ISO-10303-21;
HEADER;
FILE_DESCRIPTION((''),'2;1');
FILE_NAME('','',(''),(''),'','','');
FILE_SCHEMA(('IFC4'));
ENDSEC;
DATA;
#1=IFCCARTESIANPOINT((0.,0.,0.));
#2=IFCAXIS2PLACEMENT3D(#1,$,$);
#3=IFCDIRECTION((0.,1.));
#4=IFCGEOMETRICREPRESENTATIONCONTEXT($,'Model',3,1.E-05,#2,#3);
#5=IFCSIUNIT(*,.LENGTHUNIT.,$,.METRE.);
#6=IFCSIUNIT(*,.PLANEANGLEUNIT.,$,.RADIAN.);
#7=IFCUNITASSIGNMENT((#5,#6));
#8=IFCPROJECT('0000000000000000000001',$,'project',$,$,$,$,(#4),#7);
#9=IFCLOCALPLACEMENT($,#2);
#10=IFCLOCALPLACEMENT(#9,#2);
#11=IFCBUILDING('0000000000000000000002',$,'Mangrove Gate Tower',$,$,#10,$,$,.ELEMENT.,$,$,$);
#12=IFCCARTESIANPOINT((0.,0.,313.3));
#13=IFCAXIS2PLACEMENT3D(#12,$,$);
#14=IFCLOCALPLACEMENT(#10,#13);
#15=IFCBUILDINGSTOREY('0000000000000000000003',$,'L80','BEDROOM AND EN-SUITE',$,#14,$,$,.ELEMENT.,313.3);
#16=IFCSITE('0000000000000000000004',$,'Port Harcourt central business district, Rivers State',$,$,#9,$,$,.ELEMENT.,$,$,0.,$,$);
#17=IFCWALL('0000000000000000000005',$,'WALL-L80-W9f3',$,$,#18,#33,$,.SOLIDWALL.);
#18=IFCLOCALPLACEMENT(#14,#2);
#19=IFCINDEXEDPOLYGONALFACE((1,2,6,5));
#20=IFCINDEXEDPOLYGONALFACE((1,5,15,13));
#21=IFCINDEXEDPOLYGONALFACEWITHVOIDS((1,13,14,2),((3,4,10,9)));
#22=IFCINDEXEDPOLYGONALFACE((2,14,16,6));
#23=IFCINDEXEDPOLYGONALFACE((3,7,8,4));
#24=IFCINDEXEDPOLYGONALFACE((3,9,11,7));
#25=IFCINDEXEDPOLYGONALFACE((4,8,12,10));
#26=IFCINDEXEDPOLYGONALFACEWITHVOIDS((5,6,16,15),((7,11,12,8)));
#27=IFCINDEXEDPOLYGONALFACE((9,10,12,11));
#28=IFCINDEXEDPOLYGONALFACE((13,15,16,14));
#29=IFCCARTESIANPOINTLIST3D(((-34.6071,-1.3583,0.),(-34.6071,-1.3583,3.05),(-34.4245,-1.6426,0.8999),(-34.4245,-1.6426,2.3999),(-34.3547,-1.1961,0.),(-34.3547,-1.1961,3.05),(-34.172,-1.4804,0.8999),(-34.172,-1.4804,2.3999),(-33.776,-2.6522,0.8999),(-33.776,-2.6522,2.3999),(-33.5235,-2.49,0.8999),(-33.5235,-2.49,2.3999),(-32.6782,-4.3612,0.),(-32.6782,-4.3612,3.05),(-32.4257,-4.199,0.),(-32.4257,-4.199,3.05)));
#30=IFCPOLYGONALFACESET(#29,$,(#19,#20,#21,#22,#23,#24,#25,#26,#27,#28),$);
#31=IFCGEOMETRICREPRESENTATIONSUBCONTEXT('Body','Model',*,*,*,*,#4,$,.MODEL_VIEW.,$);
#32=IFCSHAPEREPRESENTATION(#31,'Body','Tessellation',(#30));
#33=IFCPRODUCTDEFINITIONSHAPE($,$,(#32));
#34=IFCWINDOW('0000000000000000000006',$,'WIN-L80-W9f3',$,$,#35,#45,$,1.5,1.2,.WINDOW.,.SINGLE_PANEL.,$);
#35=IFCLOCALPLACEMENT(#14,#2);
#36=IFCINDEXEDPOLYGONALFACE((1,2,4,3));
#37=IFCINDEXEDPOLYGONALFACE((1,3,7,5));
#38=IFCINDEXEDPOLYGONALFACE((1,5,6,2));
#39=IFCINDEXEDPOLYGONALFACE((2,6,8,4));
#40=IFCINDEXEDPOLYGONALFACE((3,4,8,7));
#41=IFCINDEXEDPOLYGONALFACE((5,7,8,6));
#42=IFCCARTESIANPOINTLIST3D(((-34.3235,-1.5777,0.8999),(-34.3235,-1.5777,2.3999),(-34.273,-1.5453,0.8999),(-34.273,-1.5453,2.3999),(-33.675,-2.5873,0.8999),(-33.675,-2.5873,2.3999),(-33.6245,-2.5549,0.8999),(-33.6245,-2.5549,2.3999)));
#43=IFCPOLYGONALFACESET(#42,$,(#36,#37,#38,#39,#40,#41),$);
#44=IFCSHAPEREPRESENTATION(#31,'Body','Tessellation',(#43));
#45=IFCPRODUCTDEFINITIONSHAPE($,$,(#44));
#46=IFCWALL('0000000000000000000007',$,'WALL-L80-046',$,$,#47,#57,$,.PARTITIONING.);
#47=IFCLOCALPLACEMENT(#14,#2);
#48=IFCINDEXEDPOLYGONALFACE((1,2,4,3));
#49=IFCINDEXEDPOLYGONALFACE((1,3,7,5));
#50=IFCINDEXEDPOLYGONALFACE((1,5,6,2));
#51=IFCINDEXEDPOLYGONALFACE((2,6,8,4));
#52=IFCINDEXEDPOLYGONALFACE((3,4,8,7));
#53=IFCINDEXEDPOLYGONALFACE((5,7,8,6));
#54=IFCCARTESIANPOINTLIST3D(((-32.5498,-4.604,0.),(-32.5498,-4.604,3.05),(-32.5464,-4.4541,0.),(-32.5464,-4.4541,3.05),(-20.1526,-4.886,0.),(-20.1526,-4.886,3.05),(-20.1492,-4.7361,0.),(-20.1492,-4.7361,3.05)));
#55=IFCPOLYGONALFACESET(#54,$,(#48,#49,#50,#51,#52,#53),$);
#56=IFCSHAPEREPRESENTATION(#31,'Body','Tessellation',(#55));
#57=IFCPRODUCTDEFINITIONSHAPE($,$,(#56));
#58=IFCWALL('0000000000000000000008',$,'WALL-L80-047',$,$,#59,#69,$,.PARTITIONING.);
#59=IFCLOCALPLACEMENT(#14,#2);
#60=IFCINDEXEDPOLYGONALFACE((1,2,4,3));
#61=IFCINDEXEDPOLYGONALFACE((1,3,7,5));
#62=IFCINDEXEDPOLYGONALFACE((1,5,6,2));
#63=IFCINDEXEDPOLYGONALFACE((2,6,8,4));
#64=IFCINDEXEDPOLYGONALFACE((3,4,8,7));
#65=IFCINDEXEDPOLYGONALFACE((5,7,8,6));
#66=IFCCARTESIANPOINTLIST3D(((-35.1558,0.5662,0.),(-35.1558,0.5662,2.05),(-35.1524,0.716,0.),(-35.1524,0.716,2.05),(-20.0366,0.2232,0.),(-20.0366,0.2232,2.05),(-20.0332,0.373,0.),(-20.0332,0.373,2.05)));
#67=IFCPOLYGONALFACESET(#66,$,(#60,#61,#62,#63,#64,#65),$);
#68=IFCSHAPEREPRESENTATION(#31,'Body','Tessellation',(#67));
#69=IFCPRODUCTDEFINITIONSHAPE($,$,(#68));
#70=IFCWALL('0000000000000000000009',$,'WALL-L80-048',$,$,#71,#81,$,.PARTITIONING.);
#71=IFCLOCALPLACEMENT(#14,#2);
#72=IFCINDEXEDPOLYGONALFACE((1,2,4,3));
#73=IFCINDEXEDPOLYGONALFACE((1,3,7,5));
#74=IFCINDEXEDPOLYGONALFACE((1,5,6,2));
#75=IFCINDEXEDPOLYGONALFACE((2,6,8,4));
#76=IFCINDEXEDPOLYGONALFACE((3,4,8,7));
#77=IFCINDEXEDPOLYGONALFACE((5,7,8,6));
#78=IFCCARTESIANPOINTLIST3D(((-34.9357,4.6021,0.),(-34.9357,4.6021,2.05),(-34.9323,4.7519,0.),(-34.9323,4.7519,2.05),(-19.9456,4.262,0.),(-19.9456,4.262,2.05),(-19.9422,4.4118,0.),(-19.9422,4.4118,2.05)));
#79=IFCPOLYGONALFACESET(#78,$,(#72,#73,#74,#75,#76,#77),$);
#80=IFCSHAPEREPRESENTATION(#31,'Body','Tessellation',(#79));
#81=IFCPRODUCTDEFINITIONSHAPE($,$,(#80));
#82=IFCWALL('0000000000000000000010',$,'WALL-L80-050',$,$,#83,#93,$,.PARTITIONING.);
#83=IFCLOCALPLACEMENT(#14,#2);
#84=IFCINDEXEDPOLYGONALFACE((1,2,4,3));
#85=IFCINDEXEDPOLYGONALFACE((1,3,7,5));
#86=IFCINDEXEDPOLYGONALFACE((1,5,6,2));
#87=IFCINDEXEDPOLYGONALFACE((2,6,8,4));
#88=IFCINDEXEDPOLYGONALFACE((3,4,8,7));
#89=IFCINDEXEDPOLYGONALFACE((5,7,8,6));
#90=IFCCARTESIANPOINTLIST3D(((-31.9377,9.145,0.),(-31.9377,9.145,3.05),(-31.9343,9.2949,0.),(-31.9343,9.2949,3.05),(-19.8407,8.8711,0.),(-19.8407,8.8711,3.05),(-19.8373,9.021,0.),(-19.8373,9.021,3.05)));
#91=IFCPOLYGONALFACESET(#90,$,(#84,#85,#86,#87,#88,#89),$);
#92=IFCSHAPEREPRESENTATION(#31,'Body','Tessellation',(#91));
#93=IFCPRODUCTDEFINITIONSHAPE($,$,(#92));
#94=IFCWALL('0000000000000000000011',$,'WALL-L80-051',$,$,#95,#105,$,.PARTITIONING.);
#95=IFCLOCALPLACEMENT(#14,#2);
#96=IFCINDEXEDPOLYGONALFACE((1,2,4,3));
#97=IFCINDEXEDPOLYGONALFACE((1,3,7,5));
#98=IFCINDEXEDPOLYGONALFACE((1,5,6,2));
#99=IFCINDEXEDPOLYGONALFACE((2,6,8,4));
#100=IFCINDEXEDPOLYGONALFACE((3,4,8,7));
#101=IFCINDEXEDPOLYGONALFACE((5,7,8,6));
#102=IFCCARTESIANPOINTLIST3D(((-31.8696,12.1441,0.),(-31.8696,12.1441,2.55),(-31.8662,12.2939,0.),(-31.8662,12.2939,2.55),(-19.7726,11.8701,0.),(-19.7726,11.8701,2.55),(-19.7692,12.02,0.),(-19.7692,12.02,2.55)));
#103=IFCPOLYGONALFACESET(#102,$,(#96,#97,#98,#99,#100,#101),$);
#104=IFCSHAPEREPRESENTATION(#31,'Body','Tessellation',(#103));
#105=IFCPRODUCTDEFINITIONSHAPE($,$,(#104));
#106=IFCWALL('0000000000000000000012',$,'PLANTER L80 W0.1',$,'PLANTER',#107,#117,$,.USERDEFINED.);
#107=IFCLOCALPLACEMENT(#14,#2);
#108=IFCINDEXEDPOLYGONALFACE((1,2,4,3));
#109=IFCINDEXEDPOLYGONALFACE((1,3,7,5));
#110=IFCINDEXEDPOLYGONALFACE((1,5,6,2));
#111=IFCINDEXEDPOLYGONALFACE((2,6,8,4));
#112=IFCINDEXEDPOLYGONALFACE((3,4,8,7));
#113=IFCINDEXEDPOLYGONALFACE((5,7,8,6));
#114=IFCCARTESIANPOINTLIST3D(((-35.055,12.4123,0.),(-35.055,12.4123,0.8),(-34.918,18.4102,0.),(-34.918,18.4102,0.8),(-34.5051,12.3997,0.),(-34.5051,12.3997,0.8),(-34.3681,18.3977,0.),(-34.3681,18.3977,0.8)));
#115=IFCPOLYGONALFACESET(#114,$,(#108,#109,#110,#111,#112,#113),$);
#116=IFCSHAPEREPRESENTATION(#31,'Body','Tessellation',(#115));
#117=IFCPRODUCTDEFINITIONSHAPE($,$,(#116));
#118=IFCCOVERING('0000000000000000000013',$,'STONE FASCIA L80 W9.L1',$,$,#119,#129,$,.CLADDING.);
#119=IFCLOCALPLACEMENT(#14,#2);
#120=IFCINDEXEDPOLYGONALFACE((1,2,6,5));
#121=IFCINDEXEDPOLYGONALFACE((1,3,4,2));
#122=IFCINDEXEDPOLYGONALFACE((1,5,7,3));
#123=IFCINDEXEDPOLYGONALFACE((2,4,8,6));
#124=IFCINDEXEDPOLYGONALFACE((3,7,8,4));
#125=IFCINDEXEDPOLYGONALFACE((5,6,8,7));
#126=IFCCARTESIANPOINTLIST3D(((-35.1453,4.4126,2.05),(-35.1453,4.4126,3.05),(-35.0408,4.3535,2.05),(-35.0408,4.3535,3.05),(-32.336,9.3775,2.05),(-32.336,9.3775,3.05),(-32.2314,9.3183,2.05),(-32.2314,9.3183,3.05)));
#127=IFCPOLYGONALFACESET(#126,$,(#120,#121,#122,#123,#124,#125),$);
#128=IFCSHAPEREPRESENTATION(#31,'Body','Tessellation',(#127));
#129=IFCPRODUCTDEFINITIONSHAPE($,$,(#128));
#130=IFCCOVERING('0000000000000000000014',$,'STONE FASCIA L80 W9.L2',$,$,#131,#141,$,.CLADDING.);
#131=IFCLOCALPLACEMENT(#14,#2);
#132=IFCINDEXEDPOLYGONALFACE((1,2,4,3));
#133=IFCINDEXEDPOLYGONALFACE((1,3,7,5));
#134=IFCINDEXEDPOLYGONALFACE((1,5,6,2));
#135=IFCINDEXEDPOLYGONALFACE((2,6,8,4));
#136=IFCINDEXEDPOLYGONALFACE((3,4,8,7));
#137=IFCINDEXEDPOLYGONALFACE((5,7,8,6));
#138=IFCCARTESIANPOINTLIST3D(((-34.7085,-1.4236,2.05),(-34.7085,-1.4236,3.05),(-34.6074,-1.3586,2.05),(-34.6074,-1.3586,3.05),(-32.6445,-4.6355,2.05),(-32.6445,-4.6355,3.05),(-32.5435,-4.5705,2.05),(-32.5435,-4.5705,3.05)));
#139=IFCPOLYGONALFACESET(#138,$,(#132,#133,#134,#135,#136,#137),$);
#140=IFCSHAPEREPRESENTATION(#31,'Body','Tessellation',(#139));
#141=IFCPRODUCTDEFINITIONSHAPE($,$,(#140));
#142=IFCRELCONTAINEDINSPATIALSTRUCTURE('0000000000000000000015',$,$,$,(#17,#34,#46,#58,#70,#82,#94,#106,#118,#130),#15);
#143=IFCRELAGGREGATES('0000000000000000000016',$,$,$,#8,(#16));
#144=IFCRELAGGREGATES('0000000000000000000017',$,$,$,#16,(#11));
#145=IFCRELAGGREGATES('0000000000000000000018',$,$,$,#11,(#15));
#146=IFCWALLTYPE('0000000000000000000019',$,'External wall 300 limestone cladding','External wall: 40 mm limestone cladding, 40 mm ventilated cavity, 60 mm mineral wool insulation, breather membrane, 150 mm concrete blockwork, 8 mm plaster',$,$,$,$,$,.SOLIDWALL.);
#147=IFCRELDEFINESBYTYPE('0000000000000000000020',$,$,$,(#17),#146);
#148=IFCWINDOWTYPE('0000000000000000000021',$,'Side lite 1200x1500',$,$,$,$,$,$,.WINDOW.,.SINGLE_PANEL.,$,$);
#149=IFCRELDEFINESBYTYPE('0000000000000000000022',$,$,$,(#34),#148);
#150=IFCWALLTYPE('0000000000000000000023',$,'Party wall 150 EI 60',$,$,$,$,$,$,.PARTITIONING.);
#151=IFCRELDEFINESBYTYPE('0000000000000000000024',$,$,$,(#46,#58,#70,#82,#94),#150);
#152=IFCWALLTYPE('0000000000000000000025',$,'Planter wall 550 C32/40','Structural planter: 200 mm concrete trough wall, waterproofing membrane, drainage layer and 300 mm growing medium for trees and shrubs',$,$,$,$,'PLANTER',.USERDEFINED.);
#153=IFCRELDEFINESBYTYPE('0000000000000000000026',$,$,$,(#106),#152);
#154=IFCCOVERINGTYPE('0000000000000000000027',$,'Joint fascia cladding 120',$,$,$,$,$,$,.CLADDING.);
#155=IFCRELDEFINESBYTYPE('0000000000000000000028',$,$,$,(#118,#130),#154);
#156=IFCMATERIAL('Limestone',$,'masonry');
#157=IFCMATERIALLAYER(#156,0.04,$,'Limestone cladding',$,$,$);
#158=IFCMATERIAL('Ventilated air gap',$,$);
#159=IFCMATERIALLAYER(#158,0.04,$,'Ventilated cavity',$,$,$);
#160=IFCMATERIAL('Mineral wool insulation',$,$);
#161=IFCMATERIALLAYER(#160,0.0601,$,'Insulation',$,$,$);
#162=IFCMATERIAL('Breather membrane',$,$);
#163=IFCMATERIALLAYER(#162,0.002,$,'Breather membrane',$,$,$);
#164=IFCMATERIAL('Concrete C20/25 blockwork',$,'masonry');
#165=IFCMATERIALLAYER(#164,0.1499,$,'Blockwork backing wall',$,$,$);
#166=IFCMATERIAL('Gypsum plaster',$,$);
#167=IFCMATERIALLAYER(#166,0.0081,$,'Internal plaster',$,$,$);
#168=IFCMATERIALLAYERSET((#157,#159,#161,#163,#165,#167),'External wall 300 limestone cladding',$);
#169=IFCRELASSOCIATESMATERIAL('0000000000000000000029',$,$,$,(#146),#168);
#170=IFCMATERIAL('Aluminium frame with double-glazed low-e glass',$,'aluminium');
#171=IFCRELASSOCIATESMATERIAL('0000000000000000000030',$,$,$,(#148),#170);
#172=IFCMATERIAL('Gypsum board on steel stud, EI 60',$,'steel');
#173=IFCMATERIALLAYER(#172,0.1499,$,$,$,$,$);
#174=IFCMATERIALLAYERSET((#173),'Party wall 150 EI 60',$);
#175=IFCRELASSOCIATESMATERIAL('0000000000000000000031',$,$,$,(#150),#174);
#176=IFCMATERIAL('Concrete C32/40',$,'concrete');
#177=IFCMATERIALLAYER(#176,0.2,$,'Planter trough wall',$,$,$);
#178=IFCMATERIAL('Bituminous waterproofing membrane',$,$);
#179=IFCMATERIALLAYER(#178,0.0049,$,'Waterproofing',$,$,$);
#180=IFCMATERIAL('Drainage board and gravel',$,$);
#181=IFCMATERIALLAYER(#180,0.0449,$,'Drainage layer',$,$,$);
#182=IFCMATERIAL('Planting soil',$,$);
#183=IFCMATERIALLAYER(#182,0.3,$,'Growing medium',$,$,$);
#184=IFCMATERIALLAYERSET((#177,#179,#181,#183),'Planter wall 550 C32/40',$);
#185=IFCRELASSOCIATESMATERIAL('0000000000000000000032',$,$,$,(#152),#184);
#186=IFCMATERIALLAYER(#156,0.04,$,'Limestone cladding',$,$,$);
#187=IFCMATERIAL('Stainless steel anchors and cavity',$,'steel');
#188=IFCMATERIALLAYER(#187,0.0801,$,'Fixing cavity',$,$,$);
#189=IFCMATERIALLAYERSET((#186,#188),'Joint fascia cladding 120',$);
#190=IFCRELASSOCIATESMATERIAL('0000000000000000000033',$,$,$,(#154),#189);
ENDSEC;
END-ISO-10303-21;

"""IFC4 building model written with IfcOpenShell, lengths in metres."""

from ifc_helpers import new_model, si_unit, direction, frame, frame_2d, origin, place, context, subcontext, project, spatial, rectangle, extrude, material, layer, layer_set, type_object, element, fill, save


model = new_model("IFC4")

# Units and contexts
model_context = context("Model", 3, precision=1e-05, world=origin(), true_north=direction((0.0, 1.0)))
body_context = subcontext(model_context, "Body", "Model", "MODEL_VIEW")
ifc_project = project(units=[si_unit("LENGTHUNIT", "METRE"), si_unit("PLANEANGLEUNIT", "RADIAN")], contexts=[model_context])

# Site, building, storey
site_placement = place(None, origin())
site = spatial("IfcSite", under=ifc_project, at=site_placement, Name="Port Harcourt central business district, Rivers State", CompositionType="ELEMENT", RefElevation=0.0)
building_placement = place(site_placement, origin())
building = spatial("IfcBuilding", under=site, at=building_placement, Name="Mangrove Gate Tower", CompositionType="ELEMENT")
storey_placement = place(building_placement, frame((0.0, 0.0, 313.3)))
storey = spatial("IfcBuildingStorey", under=building, at=storey_placement, Name="L80", Description="BEDROOM AND EN-SUITE", CompositionType="ELEMENT", Elevation=313.3)

# Wall, opening, window
ifc_material_1 = material(Name="Limestone", Category="masonry")
ifc_layer_1 = layer(ifc_material_1, 0.04, Name="Limestone cladding")
ifc_material_2 = material(Name="Ventilated air gap")
ifc_layer_2 = layer(ifc_material_2, 0.04, Name="Ventilated cavity")
ifc_material_3 = material(Name="Mineral wool insulation")
ifc_layer_3 = layer(ifc_material_3, 0.0601, Name="Insulation")
ifc_material_4 = material(Name="Breather membrane")
ifc_layer_4 = layer(ifc_material_4, 0.002, Name="Breather membrane")
ifc_material_5 = material(Name="Concrete C20/25 blockwork", Category="masonry")
ifc_layer_5 = layer(ifc_material_5, 0.1499, Name="Blockwork backing wall")
ifc_material_6 = material(Name="Gypsum plaster")
ifc_layer_6 = layer(ifc_material_6, 0.0081, Name="Internal plaster")
ifc_layer_set_1 = layer_set([ifc_layer_1, ifc_layer_2, ifc_layer_3, ifc_layer_4, ifc_layer_5, ifc_layer_6], Name="External wall 300 limestone cladding")
wall_type_1 = type_object("IfcWallType", Name="External wall 300 limestone cladding", Description="External wall: 40 mm limestone cladding, 40 mm ventilated cavity, 60 mm mineral wool insulation, breather membrane, 150 mm concrete blockwork, 8 mm plaster", PredefinedType="SOLIDWALL", material=ifc_layer_set_1)
ifc_material_7 = material(Name="Aluminium frame with double-glazed low-e glass", Category="aluminium")
window_type_1 = type_object("IfcWindowType", Name="Side lite 1200x1500", PartitioningType="SINGLE_PANEL", PredefinedType="WINDOW", material=ifc_material_7)
wall_1_placement = place(storey_placement, frame((-34.481, -1.2771, 0.0), z_axis=(0.0, 0.0, 1.0), x_axis=(0.54046, -0.84137, 0.0)))
wall_1 = element("IfcWall", 1, at=wall_1_placement, inside=storey, type_object=wall_type_1, Name="WALL-L80-W9f3", PredefinedType="SOLIDWALL", context=body_context, shape_type="SweptSolid", body=[
    extrude(rectangle(XDim=3.5691, YDim=0.3, at=frame_2d((1.7847, 0.0))), origin(), (0.0, 0.0, 1.0), 3.05),
])
opening_1_placement = place(wall_1_placement, frame((0.3379, 0.0, 0.8999)))
opening_1 = element("IfcOpeningElement", 2, at=opening_1_placement, cuts=wall_1, PredefinedType="OPENING", context=body_context, shape_type="SweptSolid", body=[
    extrude(rectangle(XDim=1.2, YDim=1.5, at=frame_2d((0.6001, 0.75))), frame((0.0, 0.1599, 0.0), z_axis=(0.0, -1.0, 0.0), x_axis=(1.0, 0.0, 0.0)), (0.0, 0.0, 1.0), 0.3201),
])
window_1_placement = place(opening_1_placement, origin())
window_1 = element("IfcWindow", 3, at=window_1_placement, inside=storey, type_object=window_type_1, Name="WIN-L80-W9f3", OverallHeight=1.5, OverallWidth=1.2, PartitioningType="SINGLE_PANEL", PredefinedType="WINDOW", context=body_context, shape_type="SweptSolid", body=[
    extrude(rectangle(XDim=1.2, YDim=1.5, at=frame_2d((0.6001, 0.75))), frame((0.0, 0.03, 0.0), z_axis=(0.0, -1.0, 0.0), x_axis=(1.0, 0.0, 0.0)), (0.0, 0.0, 1.0), 0.0601),
])
fill(opening_1, window_1)

# Walls
ifc_material_8 = material(Name="Gypsum board on steel stud, EI 60", Category="steel")
ifc_layer_7 = layer(ifc_material_8, 0.1499)
ifc_layer_set_2 = layer_set([ifc_layer_7], Name="Party wall 150 EI 60")
wall_type_2 = type_object("IfcWallType", Name="Party wall 150 EI 60", PredefinedType="PARTITIONING", material=ifc_layer_set_2)
wall_2_placement = place(storey_placement, frame((-32.5481, -4.5291, 0.0), z_axis=(0.0, 0.0, 1.0), x_axis=(0.999741, -0.02274, 0.0)))
element("IfcWall", 4, at=wall_2_placement, inside=storey, type_object=wall_type_2, Name="WALL-L80-046", PredefinedType="PARTITIONING", context=body_context, shape_type="SweptSolid", body=[
    extrude(rectangle(XDim=12.4004, YDim=0.1499, at=frame_2d((6.2002, 0.0))), origin(), (0.0, 0.0, 1.0), 3.05),
])
wall_3_placement = place(storey_placement, frame((-35.1541, 0.6411, 0.0), z_axis=(0.0, 0.0, 1.0), x_axis=(0.999743, -0.022682, 0.0)))
element("IfcWall", 5, at=wall_3_placement, inside=storey, type_object=wall_type_2, Name="WALL-L80-047", PredefinedType="PARTITIONING", context=body_context, shape_type="SweptSolid", body=[
    extrude(rectangle(XDim=15.123, YDim=0.1499, at=frame_2d((7.5615, 0.0))), origin(), (0.0, 0.0, 1.0), 2.05),
])
wall_4_placement = place(storey_placement, frame((-34.9341, 4.677, 0.0), z_axis=(0.0, 0.0, 1.0), x_axis=(0.999743, -0.022682, 0.0)))
element("IfcWall", 6, at=wall_4_placement, inside=storey, type_object=wall_type_2, Name="WALL-L80-048", PredefinedType="PARTITIONING", context=body_context, shape_type="SweptSolid", body=[
    extrude(rectangle(XDim=14.9939, YDim=0.1499, at=frame_2d((7.4971, 0.0))), origin(), (0.0, 0.0, 1.0), 2.05),
])
wall_5_placement = place(storey_placement, frame((-31.936, 9.22, 0.0), z_axis=(0.0, 0.0, 1.0), x_axis=(0.999744, -0.022638, 0.0)))
element("IfcWall", 7, at=wall_5_placement, inside=storey, type_object=wall_type_2, Name="WALL-L80-050", PredefinedType="PARTITIONING", context=body_context, shape_type="SweptSolid", body=[
    extrude(rectangle(XDim=12.1001, YDim=0.1499, at=frame_2d((6.05, 0.0))), origin(), (0.0, 0.0, 1.0), 3.05),
])
wall_6_placement = place(storey_placement, frame((-31.8679, 12.219, 0.0), z_axis=(0.0, 0.0, 1.0), x_axis=(0.999744, -0.022638, 0.0)))
element("IfcWall", 8, at=wall_6_placement, inside=storey, type_object=wall_type_2, Name="WALL-L80-051", PredefinedType="PARTITIONING", context=body_context, shape_type="SweptSolid", body=[
    extrude(rectangle(XDim=12.1001, YDim=0.1499, at=frame_2d((6.05, 0.0))), origin(), (0.0, 0.0, 1.0), 2.55),
])
ifc_material_9 = material(Name="Concrete C32/40", Category="concrete")
ifc_layer_8 = layer(ifc_material_9, 0.2, Name="Planter trough wall")
ifc_material_10 = material(Name="Bituminous waterproofing membrane")
ifc_layer_9 = layer(ifc_material_10, 0.0049, Name="Waterproofing")
ifc_material_11 = material(Name="Drainage board and gravel")
ifc_layer_10 = layer(ifc_material_11, 0.0449, Name="Drainage layer")
ifc_material_12 = material(Name="Planting soil")
ifc_layer_11 = layer(ifc_material_12, 0.3, Name="Growing medium")
ifc_layer_set_3 = layer_set([ifc_layer_8, ifc_layer_9, ifc_layer_10, ifc_layer_11], Name="Planter wall 550 C32/40")
wall_type_3 = type_object("IfcWallType", Name="Planter wall 550 C32/40", Description="Structural planter: 200 mm concrete trough wall, waterproofing membrane, drainage layer and 300 mm growing medium for trees and shrubs", ElementType="PLANTER", PredefinedType="USERDEFINED", material=ifc_layer_set_3)
wall_7_placement = place(storey_placement, frame((-34.78, 12.406, 0.0), z_axis=(0.0, 0.0, 1.0), x_axis=(0.022829, 0.999739, 0.0)))
element("IfcWall", 9, at=wall_7_placement, inside=storey, type_object=wall_type_3, Name="PLANTER L80 W0.1", ObjectType="PLANTER", PredefinedType="USERDEFINED", context=body_context, shape_type="SweptSolid", body=[
    extrude(rectangle(XDim=5.9995, YDim=0.55, at=frame_2d((2.9998, 0.0))), origin(), (0.0, 0.0, 1.0), 0.8),
])

# Coverings
ifc_layer_12 = layer(ifc_material_1, 0.04, Name="Limestone cladding")
ifc_material_13 = material(Name="Stainless steel anchors and cavity", Category="steel")
ifc_layer_13 = layer(ifc_material_13, 0.0801, Name="Fixing cavity")
ifc_layer_set_4 = layer_set([ifc_layer_12, ifc_layer_13], Name="Joint fascia cladding 120")
covering_type = type_object("IfcCoveringType", Name="Joint fascia cladding 120", PredefinedType="CLADDING", material=ifc_layer_set_4)
covering_1_placement = place(storey_placement, frame((-32.2837, 9.3479, 2.05), z_axis=(0.0, 0.0, 1.0), x_axis=(-0.49247, -0.870329, 0.0)))
element("IfcCovering", 10, at=covering_1_placement, inside=storey, type_object=covering_type, Name="STONE FASCIA L80 W9.L1", PredefinedType="CLADDING", context=body_context, shape_type="SweptSolid", body=[
    extrude(rectangle(XDim=5.7046, YDim=0.1201, at=frame_2d((2.8523, 0.0))), origin(), (0.0, 0.0, 1.0), 1.0),
])
covering_2_placement = place(storey_placement, frame((-34.658, -1.3911, 2.05), z_axis=(0.0, 0.0, 1.0), x_axis=(0.540602, -0.841278, 0.0)))
element("IfcCovering", 11, at=covering_2_placement, inside=storey, type_object=covering_type, Name="STONE FASCIA L80 W9.L2", PredefinedType="CLADDING", context=body_context, shape_type="SweptSolid", body=[
    extrude(rectangle(XDim=3.8179, YDim=0.1201, at=frame_2d((1.9089, 0.0))), origin(), (0.0, 0.0, 1.0), 1.0),
])

save(model, "model.ifc")
